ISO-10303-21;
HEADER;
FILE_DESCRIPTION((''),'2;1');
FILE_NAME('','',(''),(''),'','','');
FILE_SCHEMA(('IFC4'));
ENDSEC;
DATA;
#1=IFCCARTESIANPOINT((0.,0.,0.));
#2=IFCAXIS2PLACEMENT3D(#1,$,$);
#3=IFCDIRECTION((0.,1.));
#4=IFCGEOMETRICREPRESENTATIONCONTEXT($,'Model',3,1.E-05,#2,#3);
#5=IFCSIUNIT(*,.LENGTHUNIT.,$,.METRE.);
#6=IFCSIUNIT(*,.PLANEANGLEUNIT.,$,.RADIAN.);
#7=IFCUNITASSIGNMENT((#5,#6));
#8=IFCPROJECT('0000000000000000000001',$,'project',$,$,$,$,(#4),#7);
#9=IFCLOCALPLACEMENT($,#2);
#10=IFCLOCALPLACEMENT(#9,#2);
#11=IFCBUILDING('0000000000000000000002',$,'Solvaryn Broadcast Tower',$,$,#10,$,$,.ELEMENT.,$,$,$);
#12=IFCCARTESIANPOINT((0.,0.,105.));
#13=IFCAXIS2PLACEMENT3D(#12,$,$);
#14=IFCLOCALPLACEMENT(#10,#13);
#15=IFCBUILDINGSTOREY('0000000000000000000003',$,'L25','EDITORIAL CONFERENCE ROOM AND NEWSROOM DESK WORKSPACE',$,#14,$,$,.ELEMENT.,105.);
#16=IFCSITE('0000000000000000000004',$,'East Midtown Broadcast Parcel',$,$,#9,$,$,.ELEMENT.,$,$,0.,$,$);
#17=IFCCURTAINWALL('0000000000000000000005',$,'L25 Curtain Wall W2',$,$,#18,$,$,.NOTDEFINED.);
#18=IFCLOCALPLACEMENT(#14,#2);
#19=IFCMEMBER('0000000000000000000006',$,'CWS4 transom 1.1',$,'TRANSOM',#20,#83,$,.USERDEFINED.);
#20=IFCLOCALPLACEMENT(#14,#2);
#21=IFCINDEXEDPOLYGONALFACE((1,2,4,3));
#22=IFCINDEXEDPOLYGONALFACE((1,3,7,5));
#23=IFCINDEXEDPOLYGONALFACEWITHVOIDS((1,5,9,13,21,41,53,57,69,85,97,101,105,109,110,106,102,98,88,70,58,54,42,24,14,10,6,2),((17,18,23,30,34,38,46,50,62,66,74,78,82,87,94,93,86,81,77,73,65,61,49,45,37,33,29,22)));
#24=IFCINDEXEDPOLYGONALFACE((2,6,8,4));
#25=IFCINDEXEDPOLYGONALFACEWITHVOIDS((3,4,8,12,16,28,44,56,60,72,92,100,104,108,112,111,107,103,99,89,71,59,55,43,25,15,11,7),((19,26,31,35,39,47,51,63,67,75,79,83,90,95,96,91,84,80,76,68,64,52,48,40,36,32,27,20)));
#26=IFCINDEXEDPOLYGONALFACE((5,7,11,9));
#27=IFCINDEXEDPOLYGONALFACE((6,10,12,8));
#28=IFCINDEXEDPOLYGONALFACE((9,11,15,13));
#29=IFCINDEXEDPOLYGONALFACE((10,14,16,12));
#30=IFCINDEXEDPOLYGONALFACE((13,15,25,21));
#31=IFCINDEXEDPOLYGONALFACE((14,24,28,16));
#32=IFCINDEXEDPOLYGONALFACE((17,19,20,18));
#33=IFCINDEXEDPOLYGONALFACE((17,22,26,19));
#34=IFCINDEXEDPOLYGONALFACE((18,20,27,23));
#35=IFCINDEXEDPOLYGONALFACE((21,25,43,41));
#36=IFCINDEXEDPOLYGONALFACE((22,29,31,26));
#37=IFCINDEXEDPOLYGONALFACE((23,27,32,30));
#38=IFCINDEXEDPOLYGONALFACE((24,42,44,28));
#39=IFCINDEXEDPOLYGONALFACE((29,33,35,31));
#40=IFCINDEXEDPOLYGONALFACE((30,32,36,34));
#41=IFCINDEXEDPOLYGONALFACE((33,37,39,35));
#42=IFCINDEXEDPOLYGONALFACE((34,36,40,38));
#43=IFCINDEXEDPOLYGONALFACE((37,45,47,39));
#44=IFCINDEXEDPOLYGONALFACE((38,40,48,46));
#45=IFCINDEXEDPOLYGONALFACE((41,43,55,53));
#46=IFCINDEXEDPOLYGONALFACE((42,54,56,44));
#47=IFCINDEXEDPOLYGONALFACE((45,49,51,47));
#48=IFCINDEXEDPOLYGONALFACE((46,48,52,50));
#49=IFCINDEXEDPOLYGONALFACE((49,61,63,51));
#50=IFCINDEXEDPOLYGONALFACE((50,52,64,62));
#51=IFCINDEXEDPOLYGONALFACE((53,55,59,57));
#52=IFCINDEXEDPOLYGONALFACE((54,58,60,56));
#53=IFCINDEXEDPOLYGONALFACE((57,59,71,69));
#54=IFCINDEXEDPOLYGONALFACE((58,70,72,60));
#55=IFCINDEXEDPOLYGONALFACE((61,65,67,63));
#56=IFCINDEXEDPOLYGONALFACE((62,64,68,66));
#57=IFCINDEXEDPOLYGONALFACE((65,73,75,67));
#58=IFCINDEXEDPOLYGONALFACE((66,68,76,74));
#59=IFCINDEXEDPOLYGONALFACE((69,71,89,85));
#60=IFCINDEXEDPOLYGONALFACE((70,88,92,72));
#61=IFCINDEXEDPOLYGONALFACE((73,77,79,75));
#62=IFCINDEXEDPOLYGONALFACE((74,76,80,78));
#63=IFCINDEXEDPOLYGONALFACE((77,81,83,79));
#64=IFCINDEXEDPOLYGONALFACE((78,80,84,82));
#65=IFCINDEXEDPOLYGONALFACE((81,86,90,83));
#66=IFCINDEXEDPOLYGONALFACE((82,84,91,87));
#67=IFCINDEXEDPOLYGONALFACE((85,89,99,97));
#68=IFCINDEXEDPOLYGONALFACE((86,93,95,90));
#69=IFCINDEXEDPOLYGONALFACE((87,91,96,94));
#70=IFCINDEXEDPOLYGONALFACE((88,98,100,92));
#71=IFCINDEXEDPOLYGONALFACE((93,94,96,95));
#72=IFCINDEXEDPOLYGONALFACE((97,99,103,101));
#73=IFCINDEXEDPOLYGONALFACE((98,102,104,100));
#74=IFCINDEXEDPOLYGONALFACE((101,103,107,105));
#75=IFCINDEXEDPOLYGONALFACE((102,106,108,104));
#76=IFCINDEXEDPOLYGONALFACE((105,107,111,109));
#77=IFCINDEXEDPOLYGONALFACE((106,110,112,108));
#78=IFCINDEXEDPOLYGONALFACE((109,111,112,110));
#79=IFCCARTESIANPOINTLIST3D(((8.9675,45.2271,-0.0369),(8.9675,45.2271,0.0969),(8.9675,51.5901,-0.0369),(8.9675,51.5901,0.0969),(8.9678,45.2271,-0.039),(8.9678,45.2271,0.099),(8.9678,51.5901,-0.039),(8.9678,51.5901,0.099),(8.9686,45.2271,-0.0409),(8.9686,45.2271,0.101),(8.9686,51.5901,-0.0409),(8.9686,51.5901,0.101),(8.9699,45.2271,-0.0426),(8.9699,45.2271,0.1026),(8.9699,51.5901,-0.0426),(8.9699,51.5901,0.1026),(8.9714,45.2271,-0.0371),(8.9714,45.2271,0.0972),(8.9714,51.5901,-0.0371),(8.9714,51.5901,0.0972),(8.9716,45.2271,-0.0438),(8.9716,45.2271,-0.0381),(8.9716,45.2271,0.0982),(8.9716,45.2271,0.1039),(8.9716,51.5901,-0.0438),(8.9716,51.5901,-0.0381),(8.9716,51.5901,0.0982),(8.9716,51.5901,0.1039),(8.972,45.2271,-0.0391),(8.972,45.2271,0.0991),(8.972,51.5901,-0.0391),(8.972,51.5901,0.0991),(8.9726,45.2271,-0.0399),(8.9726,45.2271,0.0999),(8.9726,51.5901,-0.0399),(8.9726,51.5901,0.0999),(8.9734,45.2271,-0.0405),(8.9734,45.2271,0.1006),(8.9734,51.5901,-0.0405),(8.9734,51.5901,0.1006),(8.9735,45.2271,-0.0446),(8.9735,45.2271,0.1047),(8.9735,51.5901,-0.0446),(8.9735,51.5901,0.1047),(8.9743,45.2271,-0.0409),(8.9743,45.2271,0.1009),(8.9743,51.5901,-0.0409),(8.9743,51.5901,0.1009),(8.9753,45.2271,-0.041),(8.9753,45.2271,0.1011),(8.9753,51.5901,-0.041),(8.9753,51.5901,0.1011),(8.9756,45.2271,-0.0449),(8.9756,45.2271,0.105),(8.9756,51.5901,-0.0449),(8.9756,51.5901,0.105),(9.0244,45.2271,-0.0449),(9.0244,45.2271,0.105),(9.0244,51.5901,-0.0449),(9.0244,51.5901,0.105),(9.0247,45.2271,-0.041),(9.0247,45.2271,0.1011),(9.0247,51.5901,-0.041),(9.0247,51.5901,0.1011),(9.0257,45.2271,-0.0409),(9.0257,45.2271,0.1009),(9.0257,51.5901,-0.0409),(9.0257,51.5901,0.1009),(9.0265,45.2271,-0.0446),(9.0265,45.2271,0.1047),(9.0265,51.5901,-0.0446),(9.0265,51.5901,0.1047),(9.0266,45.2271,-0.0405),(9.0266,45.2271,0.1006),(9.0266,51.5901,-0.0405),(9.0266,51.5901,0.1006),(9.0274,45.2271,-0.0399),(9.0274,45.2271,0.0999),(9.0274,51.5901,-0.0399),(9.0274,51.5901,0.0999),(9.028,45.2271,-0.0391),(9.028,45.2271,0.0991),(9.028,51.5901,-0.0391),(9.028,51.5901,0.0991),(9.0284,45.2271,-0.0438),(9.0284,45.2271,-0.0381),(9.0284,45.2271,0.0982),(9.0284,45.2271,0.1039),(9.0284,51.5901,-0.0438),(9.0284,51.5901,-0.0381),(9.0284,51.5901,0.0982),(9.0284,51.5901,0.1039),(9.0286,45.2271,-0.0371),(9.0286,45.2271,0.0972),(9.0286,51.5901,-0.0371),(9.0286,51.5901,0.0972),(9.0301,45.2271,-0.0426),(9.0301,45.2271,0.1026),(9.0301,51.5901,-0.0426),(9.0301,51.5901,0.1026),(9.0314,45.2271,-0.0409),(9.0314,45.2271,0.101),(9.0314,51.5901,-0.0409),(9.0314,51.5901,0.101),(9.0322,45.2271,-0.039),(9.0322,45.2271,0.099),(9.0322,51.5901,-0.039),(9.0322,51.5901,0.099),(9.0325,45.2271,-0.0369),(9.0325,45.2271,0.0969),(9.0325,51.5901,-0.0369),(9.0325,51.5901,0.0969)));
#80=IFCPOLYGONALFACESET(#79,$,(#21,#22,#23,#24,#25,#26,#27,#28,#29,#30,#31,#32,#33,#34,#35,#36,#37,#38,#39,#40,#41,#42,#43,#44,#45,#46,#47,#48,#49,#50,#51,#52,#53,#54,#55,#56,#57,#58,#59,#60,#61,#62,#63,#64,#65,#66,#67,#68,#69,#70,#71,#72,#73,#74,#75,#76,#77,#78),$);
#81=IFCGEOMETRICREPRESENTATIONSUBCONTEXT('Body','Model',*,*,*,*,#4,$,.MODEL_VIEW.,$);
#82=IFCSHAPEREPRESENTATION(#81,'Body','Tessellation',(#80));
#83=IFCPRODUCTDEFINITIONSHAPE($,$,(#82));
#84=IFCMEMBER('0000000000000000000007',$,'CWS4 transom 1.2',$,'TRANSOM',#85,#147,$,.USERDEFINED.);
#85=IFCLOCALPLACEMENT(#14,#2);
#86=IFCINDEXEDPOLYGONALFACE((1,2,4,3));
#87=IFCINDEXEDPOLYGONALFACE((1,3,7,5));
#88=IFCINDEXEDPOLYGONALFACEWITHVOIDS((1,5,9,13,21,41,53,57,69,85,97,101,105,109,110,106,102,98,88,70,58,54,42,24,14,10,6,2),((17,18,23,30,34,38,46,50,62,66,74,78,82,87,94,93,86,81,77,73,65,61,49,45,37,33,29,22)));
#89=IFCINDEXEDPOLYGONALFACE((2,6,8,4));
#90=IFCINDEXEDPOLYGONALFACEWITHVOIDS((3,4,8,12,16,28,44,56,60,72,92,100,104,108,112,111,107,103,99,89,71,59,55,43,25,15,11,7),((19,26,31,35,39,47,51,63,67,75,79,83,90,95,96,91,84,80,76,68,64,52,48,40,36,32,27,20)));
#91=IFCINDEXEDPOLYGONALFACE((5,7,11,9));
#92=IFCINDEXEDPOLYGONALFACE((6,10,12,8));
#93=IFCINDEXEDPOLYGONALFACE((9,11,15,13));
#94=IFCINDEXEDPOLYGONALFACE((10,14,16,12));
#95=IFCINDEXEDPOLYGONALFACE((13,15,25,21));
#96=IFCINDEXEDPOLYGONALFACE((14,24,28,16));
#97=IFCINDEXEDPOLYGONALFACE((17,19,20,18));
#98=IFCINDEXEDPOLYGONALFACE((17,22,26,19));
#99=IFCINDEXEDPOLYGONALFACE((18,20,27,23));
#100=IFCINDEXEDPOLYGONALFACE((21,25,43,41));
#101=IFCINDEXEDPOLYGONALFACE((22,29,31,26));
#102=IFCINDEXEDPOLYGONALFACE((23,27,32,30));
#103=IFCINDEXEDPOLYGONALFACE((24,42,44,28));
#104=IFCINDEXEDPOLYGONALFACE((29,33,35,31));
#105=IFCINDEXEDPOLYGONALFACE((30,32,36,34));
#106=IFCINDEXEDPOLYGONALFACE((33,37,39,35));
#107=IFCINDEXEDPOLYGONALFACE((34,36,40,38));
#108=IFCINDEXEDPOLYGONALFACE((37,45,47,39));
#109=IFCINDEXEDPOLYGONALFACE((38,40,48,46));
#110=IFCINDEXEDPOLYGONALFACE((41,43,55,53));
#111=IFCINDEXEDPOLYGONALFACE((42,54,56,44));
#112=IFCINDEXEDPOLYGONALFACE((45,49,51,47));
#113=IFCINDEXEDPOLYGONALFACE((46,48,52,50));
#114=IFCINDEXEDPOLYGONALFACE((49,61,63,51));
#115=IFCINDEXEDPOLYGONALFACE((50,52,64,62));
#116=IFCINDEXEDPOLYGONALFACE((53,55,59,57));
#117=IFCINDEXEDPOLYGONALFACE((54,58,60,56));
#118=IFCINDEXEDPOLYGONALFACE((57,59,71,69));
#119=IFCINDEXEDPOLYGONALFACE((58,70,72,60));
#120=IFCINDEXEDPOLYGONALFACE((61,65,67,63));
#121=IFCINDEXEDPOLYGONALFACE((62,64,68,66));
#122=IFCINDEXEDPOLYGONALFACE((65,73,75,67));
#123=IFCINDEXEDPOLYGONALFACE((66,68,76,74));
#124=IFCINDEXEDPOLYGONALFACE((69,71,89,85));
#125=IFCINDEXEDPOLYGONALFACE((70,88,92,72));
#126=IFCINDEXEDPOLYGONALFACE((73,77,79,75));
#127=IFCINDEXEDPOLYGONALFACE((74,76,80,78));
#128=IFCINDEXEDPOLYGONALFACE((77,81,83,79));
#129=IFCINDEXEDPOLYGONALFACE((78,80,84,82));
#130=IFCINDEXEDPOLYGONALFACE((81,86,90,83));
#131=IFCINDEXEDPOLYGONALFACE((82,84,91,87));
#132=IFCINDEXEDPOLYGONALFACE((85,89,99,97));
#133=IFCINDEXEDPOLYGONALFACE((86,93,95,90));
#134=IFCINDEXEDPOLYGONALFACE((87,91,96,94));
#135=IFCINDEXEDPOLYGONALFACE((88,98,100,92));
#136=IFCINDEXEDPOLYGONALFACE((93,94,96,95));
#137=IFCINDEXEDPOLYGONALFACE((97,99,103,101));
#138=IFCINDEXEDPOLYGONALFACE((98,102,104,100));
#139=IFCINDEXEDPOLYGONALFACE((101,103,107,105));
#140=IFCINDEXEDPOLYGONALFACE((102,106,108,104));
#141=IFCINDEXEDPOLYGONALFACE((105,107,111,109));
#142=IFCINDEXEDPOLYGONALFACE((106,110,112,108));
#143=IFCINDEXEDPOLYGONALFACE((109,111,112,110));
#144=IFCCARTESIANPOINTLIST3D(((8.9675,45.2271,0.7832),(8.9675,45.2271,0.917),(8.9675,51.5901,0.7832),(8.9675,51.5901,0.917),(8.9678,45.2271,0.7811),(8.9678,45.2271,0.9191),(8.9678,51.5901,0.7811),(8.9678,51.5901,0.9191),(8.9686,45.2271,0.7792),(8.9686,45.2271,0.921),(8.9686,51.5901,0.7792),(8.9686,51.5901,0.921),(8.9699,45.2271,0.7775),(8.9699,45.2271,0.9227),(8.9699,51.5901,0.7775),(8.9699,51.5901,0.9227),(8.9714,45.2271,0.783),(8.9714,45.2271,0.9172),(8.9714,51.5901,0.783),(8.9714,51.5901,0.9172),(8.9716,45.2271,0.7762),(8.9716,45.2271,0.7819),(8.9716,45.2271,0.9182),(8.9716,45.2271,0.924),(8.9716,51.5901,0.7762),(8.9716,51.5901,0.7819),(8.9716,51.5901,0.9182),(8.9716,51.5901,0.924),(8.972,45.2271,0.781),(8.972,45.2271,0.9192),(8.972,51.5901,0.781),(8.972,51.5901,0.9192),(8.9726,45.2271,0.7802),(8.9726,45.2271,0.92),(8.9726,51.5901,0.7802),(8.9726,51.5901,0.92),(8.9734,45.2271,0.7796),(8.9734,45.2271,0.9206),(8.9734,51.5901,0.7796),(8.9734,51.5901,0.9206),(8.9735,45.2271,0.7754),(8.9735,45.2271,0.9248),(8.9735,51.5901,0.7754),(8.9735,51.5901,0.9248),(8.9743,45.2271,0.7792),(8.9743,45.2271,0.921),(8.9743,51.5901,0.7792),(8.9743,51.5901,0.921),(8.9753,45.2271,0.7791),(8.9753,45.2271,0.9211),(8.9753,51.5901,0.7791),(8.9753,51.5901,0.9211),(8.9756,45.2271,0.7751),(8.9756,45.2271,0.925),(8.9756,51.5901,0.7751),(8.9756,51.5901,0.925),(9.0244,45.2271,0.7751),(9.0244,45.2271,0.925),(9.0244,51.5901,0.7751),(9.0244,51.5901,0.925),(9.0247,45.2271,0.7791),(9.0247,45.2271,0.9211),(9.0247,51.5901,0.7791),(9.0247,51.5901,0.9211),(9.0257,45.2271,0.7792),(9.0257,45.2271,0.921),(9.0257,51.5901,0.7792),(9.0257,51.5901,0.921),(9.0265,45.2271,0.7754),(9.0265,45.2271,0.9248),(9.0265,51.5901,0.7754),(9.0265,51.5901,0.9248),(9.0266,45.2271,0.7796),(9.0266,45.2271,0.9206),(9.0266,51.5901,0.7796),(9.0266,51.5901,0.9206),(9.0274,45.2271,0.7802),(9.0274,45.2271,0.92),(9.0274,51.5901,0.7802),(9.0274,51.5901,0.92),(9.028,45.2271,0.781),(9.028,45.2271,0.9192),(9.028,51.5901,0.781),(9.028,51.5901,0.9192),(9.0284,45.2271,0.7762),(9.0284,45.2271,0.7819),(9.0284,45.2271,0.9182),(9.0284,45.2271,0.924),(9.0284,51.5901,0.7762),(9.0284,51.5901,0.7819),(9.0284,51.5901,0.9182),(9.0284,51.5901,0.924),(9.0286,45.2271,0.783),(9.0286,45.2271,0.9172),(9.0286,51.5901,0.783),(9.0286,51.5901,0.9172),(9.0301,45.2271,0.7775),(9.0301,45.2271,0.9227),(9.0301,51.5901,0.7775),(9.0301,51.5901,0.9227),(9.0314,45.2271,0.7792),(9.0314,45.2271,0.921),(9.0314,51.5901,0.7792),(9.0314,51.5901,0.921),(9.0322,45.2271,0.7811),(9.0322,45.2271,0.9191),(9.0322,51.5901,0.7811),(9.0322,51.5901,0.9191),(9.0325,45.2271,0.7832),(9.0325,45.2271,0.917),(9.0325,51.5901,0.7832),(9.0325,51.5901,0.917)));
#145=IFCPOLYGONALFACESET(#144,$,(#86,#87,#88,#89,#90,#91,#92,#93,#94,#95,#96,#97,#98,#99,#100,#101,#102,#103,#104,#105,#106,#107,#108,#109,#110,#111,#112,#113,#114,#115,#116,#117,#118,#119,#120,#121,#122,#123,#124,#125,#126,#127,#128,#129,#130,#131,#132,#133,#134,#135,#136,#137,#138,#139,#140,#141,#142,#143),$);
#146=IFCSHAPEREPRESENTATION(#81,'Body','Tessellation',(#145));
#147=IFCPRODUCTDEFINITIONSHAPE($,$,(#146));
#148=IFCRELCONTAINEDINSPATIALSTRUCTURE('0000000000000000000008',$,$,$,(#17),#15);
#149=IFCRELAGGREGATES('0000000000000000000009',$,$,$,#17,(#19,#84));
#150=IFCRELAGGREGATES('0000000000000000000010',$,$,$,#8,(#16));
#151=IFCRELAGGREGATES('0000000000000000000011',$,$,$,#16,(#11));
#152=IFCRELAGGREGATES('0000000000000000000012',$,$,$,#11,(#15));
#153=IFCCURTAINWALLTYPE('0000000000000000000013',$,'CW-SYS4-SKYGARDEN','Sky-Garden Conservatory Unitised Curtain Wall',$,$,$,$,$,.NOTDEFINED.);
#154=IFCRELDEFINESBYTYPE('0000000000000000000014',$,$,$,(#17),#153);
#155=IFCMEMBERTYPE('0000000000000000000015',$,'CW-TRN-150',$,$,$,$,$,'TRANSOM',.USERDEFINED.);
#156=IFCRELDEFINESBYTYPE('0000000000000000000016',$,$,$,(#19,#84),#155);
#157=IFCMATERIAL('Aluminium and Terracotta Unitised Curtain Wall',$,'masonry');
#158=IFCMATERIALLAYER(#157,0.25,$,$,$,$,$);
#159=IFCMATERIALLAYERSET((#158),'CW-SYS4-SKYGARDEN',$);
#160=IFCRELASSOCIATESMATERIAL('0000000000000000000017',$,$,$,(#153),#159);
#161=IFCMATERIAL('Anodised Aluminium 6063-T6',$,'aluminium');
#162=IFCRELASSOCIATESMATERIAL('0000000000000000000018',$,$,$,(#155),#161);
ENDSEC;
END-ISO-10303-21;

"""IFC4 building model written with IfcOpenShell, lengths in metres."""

from ifc_helpers import new_model, si_unit, direction, frame, origin, origin_2d, place, context, subcontext, project, spatial, hollow_rectangle, extrude, material, layer, layer_set, material_profile, profile_set, type_object, element, aggregate, save


model = new_model("IFC4")

# Units and contexts
model_context = context("Model", 3, precision=1e-05, world=origin(), true_north=direction((0.0, 1.0)))
body_context = subcontext(model_context, "Body", "Model", "MODEL_VIEW")
ifc_project = project(units=[si_unit("LENGTHUNIT", "METRE"), si_unit("PLANEANGLEUNIT", "RADIAN")], contexts=[model_context])

# Site, building, storey
site_placement = place(None, origin())
site = spatial("IfcSite", under=ifc_project, at=site_placement, Name="East Midtown Broadcast Parcel", CompositionType="ELEMENT", RefElevation=0.0)
building_placement = place(site_placement, origin())
building = spatial("IfcBuilding", under=site, at=building_placement, Name="Solvaryn Broadcast Tower", CompositionType="ELEMENT")
storey_placement = place(building_placement, frame((0.0, 0.0, 105.0)))
storey = spatial("IfcBuildingStorey", under=building, at=storey_placement, Name="L25", Description="EDITORIAL CONFERENCE ROOM AND NEWSROOM DESK WORKSPACE", CompositionType="ELEMENT", Elevation=105.0)

# Shared definitions
ifc_material_1 = material(Name="Aluminium and Terracotta Unitised Curtain Wall", Category="masonry")
ifc_layer_1 = layer(ifc_material_1, 0.25)
ifc_layer_set_1 = layer_set([ifc_layer_1], Name="CW-SYS4-SKYGARDEN")
curtain_wall_type = type_object("IfcCurtainWallType", Name="CW-SYS4-SKYGARDEN", Description="Sky-Garden Conservatory Unitised Curtain Wall", PredefinedType="NOTDEFINED", material=ifc_layer_set_1)

# Curtain wall
curtain_wall_1_placement = place(storey_placement, origin())
curtain_wall_1 = element("IfcCurtainWall", 1, at=curtain_wall_1_placement, inside=storey, type_object=curtain_wall_type, Name="L25 Curtain Wall W2", PredefinedType="NOTDEFINED")

# Members
ifc_material_2 = material(Name="Anodised Aluminium 6063-T6", Category="aluminium")
ifc_material_profile_1 = material_profile(ifc_material_2, hollow_rectangle(XDim=0.0649, YDim=0.1499, WallThickness=0.0039, InnerFilletRadius=0.0039, OuterFilletRadius=0.0081, at=origin_2d()))
ifc_profile_set_1 = profile_set([ifc_material_profile_1], Name="Anodised Aluminium 6063-T6")
member_type_1 = type_object("IfcMemberType", Name="CW-TRN-150", ElementType="TRANSOM", PredefinedType="USERDEFINED", material=ifc_profile_set_1)
member_1_placement = place(storey_placement, frame((9.0, 45.2271, 0.03), z_axis=(0.0, 1.0, 0.0), x_axis=(-1.0, 0.0, 0.0)))
member_1 = element("IfcMember", 2, at=member_1_placement, type_object=member_type_1, Name="CWS4 transom 1.1", ObjectType="TRANSOM", PredefinedType="USERDEFINED", context=body_context, shape_type="SweptSolid", body=[
    extrude(hollow_rectangle(XDim=0.0649, YDim=0.1499, WallThickness=0.0039, InnerFilletRadius=0.0039, OuterFilletRadius=0.0081, at=origin_2d()), origin(), (0.0, 0.0, 1.0), 6.363),
])
member_2_placement = place(storey_placement, frame((9.0, 45.2271, 0.8501), z_axis=(0.0, 1.0, 0.0), x_axis=(-1.0, 0.0, 0.0)))
member_2 = element("IfcMember", 3, at=member_2_placement, type_object=member_type_1, Name="CWS4 transom 1.2", ObjectType="TRANSOM", PredefinedType="USERDEFINED", context=body_context, shape_type="SweptSolid", body=[
    extrude(hollow_rectangle(XDim=0.0649, YDim=0.1499, WallThickness=0.0039, InnerFilletRadius=0.0039, OuterFilletRadius=0.0081, at=origin_2d()), origin(), (0.0, 0.0, 1.0), 6.363),
])

aggregate(curtain_wall_1, [member_1, member_2])

save(model, "model.ifc")
